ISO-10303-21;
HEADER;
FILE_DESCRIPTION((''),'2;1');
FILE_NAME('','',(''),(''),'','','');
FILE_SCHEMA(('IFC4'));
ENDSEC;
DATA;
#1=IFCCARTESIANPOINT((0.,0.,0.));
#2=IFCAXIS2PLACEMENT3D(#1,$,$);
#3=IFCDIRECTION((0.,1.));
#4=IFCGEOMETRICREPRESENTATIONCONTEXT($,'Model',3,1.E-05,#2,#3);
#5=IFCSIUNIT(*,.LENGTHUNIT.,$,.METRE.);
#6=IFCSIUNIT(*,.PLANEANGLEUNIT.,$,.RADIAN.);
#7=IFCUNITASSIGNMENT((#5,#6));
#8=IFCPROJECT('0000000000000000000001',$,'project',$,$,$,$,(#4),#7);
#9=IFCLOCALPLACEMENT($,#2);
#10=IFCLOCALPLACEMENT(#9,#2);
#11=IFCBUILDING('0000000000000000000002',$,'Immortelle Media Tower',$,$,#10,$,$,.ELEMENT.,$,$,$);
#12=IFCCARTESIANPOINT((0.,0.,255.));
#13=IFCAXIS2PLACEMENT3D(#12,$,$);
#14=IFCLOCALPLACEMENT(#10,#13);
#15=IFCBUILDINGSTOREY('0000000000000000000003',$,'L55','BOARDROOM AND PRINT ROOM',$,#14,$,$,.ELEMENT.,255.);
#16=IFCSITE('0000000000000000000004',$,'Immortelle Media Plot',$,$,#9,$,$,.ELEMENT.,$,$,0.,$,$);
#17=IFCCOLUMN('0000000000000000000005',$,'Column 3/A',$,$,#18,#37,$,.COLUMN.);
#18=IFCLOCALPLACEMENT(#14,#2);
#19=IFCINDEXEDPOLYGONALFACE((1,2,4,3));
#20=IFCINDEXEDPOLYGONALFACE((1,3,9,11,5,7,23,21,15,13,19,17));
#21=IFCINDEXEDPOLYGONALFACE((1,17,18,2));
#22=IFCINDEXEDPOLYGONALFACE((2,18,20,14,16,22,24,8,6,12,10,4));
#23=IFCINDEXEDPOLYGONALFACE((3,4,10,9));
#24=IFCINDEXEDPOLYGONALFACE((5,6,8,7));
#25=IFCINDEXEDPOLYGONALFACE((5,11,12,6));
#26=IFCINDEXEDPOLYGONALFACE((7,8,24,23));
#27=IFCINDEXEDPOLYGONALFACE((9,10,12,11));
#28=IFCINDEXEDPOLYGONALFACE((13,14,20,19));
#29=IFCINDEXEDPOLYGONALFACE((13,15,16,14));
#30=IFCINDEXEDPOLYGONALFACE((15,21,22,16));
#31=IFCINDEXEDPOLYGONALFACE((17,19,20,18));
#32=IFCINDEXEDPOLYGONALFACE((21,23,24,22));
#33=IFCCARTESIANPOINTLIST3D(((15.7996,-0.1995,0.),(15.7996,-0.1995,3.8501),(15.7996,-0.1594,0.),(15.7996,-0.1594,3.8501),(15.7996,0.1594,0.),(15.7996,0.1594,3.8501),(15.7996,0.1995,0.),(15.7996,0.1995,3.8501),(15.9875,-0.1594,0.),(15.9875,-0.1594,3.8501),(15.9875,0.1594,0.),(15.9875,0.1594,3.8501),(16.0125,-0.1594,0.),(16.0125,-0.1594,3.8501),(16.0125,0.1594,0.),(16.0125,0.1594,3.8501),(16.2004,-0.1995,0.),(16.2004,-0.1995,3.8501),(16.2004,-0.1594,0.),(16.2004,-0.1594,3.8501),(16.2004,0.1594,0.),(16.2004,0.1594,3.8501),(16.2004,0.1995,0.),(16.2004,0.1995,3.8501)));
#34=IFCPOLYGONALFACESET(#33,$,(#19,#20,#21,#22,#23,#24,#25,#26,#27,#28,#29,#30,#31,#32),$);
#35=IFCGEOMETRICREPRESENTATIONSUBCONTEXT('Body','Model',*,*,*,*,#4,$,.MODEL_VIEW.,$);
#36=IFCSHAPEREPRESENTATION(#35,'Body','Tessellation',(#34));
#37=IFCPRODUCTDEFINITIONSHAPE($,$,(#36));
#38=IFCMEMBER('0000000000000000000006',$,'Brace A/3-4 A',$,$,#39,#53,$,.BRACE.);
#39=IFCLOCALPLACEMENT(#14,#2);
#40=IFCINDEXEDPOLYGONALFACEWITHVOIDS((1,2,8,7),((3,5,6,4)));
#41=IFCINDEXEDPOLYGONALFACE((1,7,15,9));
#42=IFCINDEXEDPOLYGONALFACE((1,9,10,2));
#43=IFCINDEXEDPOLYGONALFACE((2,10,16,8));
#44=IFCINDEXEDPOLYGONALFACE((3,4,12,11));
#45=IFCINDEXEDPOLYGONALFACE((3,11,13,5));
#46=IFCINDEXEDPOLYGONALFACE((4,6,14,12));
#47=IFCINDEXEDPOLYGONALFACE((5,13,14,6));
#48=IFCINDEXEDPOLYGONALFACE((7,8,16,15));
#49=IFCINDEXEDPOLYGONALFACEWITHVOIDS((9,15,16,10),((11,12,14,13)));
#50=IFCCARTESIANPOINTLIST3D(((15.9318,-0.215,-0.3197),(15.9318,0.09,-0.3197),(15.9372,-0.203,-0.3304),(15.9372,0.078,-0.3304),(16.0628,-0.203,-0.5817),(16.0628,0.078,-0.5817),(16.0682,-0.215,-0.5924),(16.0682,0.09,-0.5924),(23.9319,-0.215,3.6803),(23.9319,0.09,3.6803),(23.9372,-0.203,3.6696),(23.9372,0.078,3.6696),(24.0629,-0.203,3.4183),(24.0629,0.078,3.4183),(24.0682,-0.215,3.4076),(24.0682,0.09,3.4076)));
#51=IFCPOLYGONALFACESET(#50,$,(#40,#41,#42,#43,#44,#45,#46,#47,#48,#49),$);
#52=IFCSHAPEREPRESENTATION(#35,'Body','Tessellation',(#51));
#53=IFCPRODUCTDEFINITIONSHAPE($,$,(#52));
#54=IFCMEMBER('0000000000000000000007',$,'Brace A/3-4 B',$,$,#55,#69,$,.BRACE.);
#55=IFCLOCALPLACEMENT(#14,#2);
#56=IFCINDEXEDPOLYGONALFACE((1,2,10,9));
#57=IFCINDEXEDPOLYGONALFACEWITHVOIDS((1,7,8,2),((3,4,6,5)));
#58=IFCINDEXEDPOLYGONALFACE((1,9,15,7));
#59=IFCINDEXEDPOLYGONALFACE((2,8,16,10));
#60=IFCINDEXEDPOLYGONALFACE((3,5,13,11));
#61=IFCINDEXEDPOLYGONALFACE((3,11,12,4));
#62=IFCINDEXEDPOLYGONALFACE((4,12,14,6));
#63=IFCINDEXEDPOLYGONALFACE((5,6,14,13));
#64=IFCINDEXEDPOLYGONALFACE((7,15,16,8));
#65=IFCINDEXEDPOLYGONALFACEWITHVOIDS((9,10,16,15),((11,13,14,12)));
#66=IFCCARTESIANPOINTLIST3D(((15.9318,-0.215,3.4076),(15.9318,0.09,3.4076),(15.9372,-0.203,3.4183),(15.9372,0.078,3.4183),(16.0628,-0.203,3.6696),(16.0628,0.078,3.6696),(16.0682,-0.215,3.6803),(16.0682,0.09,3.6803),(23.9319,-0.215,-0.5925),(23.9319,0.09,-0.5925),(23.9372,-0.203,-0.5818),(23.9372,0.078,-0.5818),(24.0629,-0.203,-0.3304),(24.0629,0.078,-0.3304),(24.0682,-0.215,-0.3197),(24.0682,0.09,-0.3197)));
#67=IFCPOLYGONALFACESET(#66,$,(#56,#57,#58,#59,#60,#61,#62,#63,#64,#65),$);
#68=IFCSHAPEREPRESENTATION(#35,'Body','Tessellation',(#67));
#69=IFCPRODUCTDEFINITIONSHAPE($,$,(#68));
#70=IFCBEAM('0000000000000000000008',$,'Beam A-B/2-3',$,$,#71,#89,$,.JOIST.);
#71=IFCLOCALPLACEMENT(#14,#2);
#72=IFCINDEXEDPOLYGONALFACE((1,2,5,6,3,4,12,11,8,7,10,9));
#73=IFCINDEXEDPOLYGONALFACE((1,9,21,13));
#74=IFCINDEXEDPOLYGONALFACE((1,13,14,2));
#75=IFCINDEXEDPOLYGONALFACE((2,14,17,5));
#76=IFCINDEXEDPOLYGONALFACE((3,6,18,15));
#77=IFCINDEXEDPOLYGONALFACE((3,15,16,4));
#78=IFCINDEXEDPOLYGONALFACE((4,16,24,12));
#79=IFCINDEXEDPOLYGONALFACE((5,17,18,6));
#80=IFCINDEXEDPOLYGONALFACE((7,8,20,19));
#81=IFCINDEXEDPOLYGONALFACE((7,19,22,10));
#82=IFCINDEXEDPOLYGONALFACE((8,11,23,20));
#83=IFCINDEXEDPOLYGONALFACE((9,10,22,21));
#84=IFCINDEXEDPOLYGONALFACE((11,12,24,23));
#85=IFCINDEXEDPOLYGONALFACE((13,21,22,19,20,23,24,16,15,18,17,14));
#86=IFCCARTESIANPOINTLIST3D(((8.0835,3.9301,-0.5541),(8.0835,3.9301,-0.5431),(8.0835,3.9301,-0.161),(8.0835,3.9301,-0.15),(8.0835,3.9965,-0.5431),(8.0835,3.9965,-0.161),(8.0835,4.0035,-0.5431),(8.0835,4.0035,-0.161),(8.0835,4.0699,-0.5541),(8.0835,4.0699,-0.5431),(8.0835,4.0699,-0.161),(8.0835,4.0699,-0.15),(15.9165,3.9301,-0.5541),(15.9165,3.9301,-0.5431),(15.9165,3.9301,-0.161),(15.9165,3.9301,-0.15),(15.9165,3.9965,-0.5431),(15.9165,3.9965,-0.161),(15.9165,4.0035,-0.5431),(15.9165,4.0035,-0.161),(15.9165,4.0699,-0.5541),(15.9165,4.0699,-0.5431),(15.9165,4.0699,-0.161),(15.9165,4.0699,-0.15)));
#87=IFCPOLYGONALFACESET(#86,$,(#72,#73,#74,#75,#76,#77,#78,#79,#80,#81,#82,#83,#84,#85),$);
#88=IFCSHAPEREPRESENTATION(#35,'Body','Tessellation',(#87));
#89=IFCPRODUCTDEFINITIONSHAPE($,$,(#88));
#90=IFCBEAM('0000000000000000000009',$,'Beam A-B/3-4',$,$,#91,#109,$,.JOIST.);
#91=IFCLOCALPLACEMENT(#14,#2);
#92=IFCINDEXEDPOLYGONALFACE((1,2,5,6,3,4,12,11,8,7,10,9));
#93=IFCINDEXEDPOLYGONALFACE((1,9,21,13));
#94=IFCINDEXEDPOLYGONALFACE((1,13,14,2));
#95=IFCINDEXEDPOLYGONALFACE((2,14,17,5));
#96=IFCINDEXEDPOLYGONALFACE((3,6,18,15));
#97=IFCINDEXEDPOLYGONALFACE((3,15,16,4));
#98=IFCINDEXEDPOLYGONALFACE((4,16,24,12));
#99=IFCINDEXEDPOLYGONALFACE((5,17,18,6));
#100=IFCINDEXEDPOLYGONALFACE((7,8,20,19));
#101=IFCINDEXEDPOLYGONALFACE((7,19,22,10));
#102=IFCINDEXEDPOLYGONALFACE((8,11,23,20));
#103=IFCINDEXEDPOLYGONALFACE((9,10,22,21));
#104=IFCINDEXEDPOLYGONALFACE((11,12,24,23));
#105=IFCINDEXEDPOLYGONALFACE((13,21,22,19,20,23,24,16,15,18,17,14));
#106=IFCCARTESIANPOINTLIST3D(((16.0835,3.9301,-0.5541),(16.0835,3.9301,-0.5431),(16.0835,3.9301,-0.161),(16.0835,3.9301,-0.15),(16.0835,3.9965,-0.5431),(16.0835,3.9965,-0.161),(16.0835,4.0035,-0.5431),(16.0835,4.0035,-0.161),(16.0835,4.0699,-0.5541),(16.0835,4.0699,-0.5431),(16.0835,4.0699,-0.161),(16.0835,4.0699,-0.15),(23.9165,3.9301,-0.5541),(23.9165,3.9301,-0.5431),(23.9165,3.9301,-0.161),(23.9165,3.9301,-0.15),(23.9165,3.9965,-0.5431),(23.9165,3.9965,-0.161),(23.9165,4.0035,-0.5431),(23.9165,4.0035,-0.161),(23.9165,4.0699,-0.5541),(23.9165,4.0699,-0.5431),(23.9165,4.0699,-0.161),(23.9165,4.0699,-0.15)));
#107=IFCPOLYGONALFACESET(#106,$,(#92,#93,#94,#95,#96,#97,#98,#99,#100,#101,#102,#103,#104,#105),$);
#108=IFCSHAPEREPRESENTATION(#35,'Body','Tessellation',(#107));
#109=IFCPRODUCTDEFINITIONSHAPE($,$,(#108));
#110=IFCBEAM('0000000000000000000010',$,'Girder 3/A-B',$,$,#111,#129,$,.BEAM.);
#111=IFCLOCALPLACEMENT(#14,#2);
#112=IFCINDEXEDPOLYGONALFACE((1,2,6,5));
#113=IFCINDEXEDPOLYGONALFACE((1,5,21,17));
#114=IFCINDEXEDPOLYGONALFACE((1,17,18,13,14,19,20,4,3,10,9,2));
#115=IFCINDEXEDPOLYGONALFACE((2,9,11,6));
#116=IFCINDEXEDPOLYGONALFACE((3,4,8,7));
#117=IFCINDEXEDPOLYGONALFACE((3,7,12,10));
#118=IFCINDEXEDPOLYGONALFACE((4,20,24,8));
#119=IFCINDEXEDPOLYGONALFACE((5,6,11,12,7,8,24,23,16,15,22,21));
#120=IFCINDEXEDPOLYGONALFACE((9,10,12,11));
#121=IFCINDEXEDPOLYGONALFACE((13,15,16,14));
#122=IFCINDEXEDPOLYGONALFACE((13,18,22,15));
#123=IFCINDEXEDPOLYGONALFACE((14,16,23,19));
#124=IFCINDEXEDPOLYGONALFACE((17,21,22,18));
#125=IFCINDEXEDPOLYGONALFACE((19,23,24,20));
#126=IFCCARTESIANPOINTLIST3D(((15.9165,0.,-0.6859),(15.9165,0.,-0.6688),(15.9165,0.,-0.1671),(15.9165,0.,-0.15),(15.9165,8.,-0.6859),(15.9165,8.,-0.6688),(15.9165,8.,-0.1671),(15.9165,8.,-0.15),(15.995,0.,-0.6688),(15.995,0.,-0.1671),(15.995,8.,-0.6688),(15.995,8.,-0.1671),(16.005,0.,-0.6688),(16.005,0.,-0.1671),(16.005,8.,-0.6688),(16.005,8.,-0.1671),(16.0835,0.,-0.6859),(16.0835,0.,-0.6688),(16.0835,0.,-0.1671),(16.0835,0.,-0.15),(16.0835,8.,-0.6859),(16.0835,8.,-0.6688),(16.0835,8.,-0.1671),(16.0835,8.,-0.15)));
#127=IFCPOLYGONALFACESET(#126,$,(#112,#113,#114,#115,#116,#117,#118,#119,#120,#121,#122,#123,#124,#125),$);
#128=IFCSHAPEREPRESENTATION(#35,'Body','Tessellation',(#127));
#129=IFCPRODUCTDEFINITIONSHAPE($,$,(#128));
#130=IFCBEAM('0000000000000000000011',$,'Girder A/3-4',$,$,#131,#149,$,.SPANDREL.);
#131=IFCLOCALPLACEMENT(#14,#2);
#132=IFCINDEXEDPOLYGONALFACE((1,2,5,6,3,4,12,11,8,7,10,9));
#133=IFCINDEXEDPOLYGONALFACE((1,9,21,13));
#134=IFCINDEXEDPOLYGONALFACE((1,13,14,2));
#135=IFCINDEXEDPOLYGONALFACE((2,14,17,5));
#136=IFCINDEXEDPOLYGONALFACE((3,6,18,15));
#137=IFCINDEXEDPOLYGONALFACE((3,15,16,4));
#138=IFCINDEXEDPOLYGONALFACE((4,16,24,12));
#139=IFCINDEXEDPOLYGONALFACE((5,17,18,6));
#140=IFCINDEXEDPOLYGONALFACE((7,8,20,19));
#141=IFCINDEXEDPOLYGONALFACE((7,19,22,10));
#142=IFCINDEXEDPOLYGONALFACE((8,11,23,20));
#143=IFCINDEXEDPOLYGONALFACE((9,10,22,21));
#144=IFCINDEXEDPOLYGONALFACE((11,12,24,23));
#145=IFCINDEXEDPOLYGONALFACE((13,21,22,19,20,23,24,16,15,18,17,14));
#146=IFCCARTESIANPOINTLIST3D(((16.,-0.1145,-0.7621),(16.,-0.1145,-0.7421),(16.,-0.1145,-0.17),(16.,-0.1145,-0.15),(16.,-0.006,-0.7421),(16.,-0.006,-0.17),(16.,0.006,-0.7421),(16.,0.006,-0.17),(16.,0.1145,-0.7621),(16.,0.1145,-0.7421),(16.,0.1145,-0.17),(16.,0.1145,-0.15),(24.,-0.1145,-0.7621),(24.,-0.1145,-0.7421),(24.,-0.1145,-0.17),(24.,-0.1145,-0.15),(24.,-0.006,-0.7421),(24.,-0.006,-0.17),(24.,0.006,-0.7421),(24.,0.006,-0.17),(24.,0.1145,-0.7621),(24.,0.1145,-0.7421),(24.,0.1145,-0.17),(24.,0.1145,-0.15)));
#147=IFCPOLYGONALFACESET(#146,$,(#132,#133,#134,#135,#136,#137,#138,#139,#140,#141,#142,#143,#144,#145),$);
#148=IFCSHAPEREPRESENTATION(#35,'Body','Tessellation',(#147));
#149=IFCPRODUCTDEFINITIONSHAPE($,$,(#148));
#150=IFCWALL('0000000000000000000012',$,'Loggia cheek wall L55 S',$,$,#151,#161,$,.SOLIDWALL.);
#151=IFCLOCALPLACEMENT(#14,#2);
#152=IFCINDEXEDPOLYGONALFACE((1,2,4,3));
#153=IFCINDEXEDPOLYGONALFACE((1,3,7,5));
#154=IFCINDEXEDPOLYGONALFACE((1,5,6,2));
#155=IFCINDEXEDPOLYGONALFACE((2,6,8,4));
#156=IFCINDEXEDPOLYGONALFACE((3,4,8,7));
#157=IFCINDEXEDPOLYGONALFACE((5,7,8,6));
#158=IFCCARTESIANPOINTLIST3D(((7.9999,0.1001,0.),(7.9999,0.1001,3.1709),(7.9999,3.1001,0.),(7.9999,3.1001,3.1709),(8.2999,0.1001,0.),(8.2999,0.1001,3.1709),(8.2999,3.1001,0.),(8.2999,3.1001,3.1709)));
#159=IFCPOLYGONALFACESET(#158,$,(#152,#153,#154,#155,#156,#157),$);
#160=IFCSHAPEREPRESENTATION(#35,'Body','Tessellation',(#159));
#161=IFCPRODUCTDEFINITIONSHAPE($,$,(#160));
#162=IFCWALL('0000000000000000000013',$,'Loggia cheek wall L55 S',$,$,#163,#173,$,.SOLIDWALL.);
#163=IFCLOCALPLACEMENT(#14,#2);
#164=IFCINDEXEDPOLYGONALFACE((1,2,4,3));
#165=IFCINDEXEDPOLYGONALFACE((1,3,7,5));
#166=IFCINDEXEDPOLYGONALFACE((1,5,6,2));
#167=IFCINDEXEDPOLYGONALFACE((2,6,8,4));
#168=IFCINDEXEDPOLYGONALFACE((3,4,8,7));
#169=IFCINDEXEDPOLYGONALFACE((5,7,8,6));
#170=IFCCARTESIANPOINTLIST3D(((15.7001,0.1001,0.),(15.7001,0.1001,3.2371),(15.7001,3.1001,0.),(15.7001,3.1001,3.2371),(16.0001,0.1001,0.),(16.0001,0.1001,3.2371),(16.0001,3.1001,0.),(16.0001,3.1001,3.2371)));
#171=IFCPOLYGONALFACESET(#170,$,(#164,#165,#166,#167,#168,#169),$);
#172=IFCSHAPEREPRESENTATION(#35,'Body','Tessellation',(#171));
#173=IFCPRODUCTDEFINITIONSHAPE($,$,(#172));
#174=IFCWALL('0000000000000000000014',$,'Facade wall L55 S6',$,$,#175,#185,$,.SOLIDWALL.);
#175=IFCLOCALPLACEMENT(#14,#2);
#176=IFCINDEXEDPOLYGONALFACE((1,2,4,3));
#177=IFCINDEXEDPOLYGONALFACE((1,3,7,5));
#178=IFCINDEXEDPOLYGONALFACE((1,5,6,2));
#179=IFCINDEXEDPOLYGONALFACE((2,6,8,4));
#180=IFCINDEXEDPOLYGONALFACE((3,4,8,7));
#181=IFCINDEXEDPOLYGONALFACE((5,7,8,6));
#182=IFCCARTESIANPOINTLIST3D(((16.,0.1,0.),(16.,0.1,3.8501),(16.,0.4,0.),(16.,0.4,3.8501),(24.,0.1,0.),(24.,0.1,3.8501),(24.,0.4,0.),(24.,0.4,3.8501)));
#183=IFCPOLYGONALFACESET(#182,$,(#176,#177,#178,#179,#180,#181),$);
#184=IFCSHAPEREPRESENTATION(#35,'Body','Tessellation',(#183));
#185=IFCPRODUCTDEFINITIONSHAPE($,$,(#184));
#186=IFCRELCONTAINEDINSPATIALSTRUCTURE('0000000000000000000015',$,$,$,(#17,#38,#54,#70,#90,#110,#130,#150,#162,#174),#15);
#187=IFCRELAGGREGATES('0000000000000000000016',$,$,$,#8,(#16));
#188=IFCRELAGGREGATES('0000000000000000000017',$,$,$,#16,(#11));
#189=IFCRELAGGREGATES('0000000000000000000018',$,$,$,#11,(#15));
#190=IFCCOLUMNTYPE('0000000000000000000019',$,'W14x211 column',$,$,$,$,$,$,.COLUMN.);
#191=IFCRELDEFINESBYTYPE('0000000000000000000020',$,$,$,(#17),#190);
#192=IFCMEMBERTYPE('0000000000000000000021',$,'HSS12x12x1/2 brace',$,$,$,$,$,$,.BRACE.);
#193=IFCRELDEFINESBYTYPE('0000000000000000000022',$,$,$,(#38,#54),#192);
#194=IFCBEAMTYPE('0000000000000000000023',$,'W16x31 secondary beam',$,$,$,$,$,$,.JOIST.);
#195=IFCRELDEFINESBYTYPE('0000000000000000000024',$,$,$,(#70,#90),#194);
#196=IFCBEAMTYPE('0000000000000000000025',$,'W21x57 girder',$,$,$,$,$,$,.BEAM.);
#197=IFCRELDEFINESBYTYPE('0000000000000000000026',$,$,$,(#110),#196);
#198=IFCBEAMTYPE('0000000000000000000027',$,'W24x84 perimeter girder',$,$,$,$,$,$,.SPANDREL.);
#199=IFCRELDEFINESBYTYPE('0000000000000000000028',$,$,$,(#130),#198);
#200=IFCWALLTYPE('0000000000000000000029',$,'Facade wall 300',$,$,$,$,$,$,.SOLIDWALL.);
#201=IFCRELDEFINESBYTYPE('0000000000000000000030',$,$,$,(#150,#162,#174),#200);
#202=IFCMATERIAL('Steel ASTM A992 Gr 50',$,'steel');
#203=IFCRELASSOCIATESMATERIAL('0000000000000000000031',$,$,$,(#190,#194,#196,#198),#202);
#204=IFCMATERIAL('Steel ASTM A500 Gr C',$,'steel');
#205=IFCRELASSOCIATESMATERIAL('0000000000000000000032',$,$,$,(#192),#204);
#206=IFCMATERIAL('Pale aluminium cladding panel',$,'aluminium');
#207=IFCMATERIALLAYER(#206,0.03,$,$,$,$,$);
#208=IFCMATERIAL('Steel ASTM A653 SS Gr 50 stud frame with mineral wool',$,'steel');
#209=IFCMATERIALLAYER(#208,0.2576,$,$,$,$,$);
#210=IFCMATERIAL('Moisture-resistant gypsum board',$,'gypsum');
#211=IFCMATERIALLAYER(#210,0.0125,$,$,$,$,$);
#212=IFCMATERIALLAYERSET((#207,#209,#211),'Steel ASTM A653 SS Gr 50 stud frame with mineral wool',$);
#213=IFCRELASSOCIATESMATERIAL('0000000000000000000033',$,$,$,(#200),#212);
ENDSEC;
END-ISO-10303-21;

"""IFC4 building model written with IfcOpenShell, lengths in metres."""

from ifc_helpers import new_model, si_unit, direction, frame, frame_2d, origin, origin_2d, place, context, subcontext, project, spatial, rectangle, hollow_rectangle, i_section, extrude, material, layer, layer_set, material_profile, profile_set, type_object, element, save


model = new_model("IFC4")

# Units and contexts
model_context = context("Model", 3, precision=1e-05, world=origin(), true_north=direction((0.0, 1.0)))
body_context = subcontext(model_context, "Body", "Model", "MODEL_VIEW")
ifc_project = project(units=[si_unit("LENGTHUNIT", "METRE"), si_unit("PLANEANGLEUNIT", "RADIAN")], contexts=[model_context])

# Site, building, storey
site_placement = place(None, origin())
site = spatial("IfcSite", under=ifc_project, at=site_placement, Name="Immortelle Media Plot", CompositionType="ELEMENT", RefElevation=0.0)
building_placement = place(site_placement, origin())
building = spatial("IfcBuilding", under=site, at=building_placement, Name="Immortelle Media Tower", CompositionType="ELEMENT")
storey_placement = place(building_placement, frame((0.0, 0.0, 255.0)))
storey = spatial("IfcBuildingStorey", under=building, at=storey_placement, Name="L55", Description="BOARDROOM AND PRINT ROOM", CompositionType="ELEMENT", Elevation=255.0)

# Column
ifc_material_1 = material(Name="Steel ASTM A992 Gr 50", Category="steel")
ifc_material_profile_1 = material_profile(ifc_material_1, i_section(OverallWidth=0.4009, OverallDepth=0.3989, WebThickness=0.0249, FlangeThickness=0.04, at=origin_2d()), Name="W14x211")
ifc_profile_set_1 = profile_set([ifc_material_profile_1], Name="Steel ASTM A992 Gr 50")
column_type = type_object("IfcColumnType", Name="W14x211 column", PredefinedType="COLUMN", material=ifc_profile_set_1)
column_placement = place(storey_placement, frame((16.0, 0.0, 0.0), z_axis=(0.0, 0.0, 1.0), x_axis=(1.0, 0.0, 0.0)))
element("IfcColumn", 1, at=column_placement, inside=storey, type_object=column_type, Name="Column 3/A", PredefinedType="COLUMN", context=body_context, shape_type="SweptSolid", body=[
    extrude(i_section(OverallWidth=0.4009, OverallDepth=0.3989, WebThickness=0.0249, FlangeThickness=0.04, at=origin_2d()), origin(), (0.0, 0.0, 1.0), 3.8501),
])

# Members
ifc_material_2 = material(Name="Steel ASTM A500 Gr C", Category="steel")
ifc_material_profile_2 = material_profile(ifc_material_2, hollow_rectangle(XDim=0.3049, YDim=0.3049, WallThickness=0.012, at=origin_2d()), Name="HSS12x12x1/2 brace")
ifc_profile_set_2 = profile_set([ifc_material_profile_2], Name="Steel ASTM A500 Gr C")
member_type = type_object("IfcMemberType", Name="HSS12x12x1/2 brace", PredefinedType="BRACE", material=ifc_profile_set_2)
for number, where, z_axis, x_axis, name in (
    (2, (16.0, -0.0625, -0.4561), (0.894427, 0.0, 0.447214), (0.0, 1.0, 0.0), "Brace A/3-4 A"),
    (3, (16.0, -0.0625, 3.5439), (0.894427, 0.0, -0.447214), (0.0, 1.0, 0.0), "Brace A/3-4 B"),
):
    element("IfcMember", number, at=place(storey_placement, frame(where, z_axis=z_axis, x_axis=x_axis)), inside=storey, type_object=member_type, Name=name, PredefinedType="BRACE", context=body_context, shape_type="SweptSolid", body=[
        extrude(hollow_rectangle(XDim=0.3049, YDim=0.3049, WallThickness=0.012, at=origin_2d()), origin(), (0.0, 0.0, 1.0), 8.9443),
    ])

# Beams
ifc_material_profile_3 = material_profile(ifc_material_1, i_section(OverallWidth=0.1399, OverallDepth=0.4041, WebThickness=0.0071, FlangeThickness=0.011, at=origin_2d()), Name="W16x31")
ifc_profile_set_3 = profile_set([ifc_material_profile_3], Name="Steel ASTM A992 Gr 50")
beam_type_1 = type_object("IfcBeamType", Name="W16x31 secondary beam", PredefinedType="JOIST", material=ifc_profile_set_3)
for number, where, z_axis, x_axis, name in (
    (4, (8.0835, 4.0, -0.3521), (1.0, 0.0, 0.0), (0.0, 1.0, 0.0), "Beam A-B/2-3"),
    (5, (16.0835, 4.0, -0.3521), (1.0, 0.0, 0.0), (0.0, 1.0, 0.0), "Beam A-B/3-4"),
):
    element("IfcBeam", number, at=place(storey_placement, frame(where, z_axis=z_axis, x_axis=x_axis)), inside=storey, type_object=beam_type_1, Name=name, PredefinedType="JOIST", context=body_context, shape_type="SweptSolid", body=[
        extrude(i_section(OverallWidth=0.1399, OverallDepth=0.4041, WebThickness=0.0071, FlangeThickness=0.011, at=origin_2d()), origin(), (0.0, 0.0, 1.0), 7.833),
    ])
ifc_material_profile_4 = material_profile(ifc_material_1, i_section(OverallWidth=0.167, OverallDepth=0.5359, WebThickness=0.01, FlangeThickness=0.0171, at=origin_2d()), Name="W21x57")
ifc_profile_set_4 = profile_set([ifc_material_profile_4], Name="Steel ASTM A992 Gr 50")
beam_type_2 = type_object("IfcBeamType", Name="W21x57 girder", PredefinedType="BEAM", material=ifc_profile_set_4)
beam_1_placement = place(storey_placement, frame((16.0, 0.0, -0.418), z_axis=(0.0, 1.0, 0.0), x_axis=(-1.0, 0.0, 0.0)))
element("IfcBeam", 6, at=beam_1_placement, inside=storey, type_object=beam_type_2, Name="Girder 3/A-B", PredefinedType="BEAM", context=body_context, shape_type="SweptSolid", body=[
    extrude(i_section(OverallWidth=0.167, OverallDepth=0.5359, WebThickness=0.01, FlangeThickness=0.0171, at=origin_2d()), origin(), (0.0, 0.0, 1.0), 8.0),
])
ifc_material_profile_5 = material_profile(ifc_material_1, i_section(OverallWidth=0.229, OverallDepth=0.6121, WebThickness=0.012, FlangeThickness=0.02, at=origin_2d()), Name="W24x84")
ifc_profile_set_5 = profile_set([ifc_material_profile_5], Name="Steel ASTM A992 Gr 50")
beam_type_3 = type_object("IfcBeamType", Name="W24x84 perimeter girder", PredefinedType="SPANDREL", material=ifc_profile_set_5)
beam_2_placement = place(storey_placement, frame((16.0, 0.0, -0.4561), z_axis=(1.0, 0.0, 0.0), x_axis=(0.0, 1.0, 0.0)))
element("IfcBeam", 7, at=beam_2_placement, inside=storey, type_object=beam_type_3, Name="Girder A/3-4", PredefinedType="SPANDREL", context=body_context, shape_type="SweptSolid", body=[
    extrude(i_section(OverallWidth=0.229, OverallDepth=0.6121, WebThickness=0.012, FlangeThickness=0.02, at=origin_2d()), origin(), (0.0, 0.0, 1.0), 8.0),
])

# Shared definitions
ifc_material_3 = material(Name="Pale aluminium cladding panel", Category="aluminium")
ifc_layer_1 = layer(ifc_material_3, 0.03)
ifc_material_4 = material(Name="Steel ASTM A653 SS Gr 50 stud frame with mineral wool", Category="steel")
ifc_layer_2 = layer(ifc_material_4, 0.2576)
ifc_material_5 = material(Name="Moisture-resistant gypsum board", Category="gypsum")
ifc_layer_3 = layer(ifc_material_5, 0.0125)
ifc_layer_set_1 = layer_set([ifc_layer_1, ifc_layer_2, ifc_layer_3], Name="Steel ASTM A653 SS Gr 50 stud frame with mineral wool")
wall_type_1 = type_object("IfcWallType", Name="Facade wall 300", PredefinedType="SOLIDWALL", material=ifc_layer_set_1)

# Walls
wall_1_placement = place(storey_placement, frame((8.1499, 0.1001, 0.0), z_axis=(0.0, 0.0, 1.0), x_axis=(0.0, 1.0, 0.0)))
element("IfcWall", 8, at=wall_1_placement, inside=storey, type_object=wall_type_1, Name="Loggia cheek wall L55 S", PredefinedType="SOLIDWALL", context=body_context, shape_type="SweptSolid", body=[
    extrude(rectangle(XDim=3.0, YDim=0.3, at=frame_2d((1.5, 0.0))), origin(), (0.0, 0.0, 1.0), 3.1709),
])
wall_2_placement = place(storey_placement, frame((15.8501, 0.1001, 0.0), z_axis=(0.0, 0.0, 1.0), x_axis=(0.0, 1.0, 0.0)))
element("IfcWall", 9, at=wall_2_placement, inside=storey, type_object=wall_type_1, Name="Loggia cheek wall L55 S", PredefinedType="SOLIDWALL", context=body_context, shape_type="SweptSolid", body=[
    extrude(rectangle(XDim=3.0, YDim=0.3, at=frame_2d((1.5, 0.0))), origin(), (0.0, 0.0, 1.0), 3.2371),
])
wall_3_placement = place(storey_placement, frame((16.0, 0.25, 0.0), z_axis=(0.0, 0.0, 1.0), x_axis=(1.0, 0.0, 0.0)))
element("IfcWall", 10, at=wall_3_placement, inside=storey, type_object=wall_type_1, Name="Facade wall L55 S6", PredefinedType="SOLIDWALL", context=body_context, shape_type="SweptSolid", body=[
    extrude(rectangle(XDim=8.0, YDim=0.3, at=frame_2d((4.0, 0.0))), origin(), (0.0, 0.0, 1.0), 3.8501),
])

save(model, "model.ifc")
